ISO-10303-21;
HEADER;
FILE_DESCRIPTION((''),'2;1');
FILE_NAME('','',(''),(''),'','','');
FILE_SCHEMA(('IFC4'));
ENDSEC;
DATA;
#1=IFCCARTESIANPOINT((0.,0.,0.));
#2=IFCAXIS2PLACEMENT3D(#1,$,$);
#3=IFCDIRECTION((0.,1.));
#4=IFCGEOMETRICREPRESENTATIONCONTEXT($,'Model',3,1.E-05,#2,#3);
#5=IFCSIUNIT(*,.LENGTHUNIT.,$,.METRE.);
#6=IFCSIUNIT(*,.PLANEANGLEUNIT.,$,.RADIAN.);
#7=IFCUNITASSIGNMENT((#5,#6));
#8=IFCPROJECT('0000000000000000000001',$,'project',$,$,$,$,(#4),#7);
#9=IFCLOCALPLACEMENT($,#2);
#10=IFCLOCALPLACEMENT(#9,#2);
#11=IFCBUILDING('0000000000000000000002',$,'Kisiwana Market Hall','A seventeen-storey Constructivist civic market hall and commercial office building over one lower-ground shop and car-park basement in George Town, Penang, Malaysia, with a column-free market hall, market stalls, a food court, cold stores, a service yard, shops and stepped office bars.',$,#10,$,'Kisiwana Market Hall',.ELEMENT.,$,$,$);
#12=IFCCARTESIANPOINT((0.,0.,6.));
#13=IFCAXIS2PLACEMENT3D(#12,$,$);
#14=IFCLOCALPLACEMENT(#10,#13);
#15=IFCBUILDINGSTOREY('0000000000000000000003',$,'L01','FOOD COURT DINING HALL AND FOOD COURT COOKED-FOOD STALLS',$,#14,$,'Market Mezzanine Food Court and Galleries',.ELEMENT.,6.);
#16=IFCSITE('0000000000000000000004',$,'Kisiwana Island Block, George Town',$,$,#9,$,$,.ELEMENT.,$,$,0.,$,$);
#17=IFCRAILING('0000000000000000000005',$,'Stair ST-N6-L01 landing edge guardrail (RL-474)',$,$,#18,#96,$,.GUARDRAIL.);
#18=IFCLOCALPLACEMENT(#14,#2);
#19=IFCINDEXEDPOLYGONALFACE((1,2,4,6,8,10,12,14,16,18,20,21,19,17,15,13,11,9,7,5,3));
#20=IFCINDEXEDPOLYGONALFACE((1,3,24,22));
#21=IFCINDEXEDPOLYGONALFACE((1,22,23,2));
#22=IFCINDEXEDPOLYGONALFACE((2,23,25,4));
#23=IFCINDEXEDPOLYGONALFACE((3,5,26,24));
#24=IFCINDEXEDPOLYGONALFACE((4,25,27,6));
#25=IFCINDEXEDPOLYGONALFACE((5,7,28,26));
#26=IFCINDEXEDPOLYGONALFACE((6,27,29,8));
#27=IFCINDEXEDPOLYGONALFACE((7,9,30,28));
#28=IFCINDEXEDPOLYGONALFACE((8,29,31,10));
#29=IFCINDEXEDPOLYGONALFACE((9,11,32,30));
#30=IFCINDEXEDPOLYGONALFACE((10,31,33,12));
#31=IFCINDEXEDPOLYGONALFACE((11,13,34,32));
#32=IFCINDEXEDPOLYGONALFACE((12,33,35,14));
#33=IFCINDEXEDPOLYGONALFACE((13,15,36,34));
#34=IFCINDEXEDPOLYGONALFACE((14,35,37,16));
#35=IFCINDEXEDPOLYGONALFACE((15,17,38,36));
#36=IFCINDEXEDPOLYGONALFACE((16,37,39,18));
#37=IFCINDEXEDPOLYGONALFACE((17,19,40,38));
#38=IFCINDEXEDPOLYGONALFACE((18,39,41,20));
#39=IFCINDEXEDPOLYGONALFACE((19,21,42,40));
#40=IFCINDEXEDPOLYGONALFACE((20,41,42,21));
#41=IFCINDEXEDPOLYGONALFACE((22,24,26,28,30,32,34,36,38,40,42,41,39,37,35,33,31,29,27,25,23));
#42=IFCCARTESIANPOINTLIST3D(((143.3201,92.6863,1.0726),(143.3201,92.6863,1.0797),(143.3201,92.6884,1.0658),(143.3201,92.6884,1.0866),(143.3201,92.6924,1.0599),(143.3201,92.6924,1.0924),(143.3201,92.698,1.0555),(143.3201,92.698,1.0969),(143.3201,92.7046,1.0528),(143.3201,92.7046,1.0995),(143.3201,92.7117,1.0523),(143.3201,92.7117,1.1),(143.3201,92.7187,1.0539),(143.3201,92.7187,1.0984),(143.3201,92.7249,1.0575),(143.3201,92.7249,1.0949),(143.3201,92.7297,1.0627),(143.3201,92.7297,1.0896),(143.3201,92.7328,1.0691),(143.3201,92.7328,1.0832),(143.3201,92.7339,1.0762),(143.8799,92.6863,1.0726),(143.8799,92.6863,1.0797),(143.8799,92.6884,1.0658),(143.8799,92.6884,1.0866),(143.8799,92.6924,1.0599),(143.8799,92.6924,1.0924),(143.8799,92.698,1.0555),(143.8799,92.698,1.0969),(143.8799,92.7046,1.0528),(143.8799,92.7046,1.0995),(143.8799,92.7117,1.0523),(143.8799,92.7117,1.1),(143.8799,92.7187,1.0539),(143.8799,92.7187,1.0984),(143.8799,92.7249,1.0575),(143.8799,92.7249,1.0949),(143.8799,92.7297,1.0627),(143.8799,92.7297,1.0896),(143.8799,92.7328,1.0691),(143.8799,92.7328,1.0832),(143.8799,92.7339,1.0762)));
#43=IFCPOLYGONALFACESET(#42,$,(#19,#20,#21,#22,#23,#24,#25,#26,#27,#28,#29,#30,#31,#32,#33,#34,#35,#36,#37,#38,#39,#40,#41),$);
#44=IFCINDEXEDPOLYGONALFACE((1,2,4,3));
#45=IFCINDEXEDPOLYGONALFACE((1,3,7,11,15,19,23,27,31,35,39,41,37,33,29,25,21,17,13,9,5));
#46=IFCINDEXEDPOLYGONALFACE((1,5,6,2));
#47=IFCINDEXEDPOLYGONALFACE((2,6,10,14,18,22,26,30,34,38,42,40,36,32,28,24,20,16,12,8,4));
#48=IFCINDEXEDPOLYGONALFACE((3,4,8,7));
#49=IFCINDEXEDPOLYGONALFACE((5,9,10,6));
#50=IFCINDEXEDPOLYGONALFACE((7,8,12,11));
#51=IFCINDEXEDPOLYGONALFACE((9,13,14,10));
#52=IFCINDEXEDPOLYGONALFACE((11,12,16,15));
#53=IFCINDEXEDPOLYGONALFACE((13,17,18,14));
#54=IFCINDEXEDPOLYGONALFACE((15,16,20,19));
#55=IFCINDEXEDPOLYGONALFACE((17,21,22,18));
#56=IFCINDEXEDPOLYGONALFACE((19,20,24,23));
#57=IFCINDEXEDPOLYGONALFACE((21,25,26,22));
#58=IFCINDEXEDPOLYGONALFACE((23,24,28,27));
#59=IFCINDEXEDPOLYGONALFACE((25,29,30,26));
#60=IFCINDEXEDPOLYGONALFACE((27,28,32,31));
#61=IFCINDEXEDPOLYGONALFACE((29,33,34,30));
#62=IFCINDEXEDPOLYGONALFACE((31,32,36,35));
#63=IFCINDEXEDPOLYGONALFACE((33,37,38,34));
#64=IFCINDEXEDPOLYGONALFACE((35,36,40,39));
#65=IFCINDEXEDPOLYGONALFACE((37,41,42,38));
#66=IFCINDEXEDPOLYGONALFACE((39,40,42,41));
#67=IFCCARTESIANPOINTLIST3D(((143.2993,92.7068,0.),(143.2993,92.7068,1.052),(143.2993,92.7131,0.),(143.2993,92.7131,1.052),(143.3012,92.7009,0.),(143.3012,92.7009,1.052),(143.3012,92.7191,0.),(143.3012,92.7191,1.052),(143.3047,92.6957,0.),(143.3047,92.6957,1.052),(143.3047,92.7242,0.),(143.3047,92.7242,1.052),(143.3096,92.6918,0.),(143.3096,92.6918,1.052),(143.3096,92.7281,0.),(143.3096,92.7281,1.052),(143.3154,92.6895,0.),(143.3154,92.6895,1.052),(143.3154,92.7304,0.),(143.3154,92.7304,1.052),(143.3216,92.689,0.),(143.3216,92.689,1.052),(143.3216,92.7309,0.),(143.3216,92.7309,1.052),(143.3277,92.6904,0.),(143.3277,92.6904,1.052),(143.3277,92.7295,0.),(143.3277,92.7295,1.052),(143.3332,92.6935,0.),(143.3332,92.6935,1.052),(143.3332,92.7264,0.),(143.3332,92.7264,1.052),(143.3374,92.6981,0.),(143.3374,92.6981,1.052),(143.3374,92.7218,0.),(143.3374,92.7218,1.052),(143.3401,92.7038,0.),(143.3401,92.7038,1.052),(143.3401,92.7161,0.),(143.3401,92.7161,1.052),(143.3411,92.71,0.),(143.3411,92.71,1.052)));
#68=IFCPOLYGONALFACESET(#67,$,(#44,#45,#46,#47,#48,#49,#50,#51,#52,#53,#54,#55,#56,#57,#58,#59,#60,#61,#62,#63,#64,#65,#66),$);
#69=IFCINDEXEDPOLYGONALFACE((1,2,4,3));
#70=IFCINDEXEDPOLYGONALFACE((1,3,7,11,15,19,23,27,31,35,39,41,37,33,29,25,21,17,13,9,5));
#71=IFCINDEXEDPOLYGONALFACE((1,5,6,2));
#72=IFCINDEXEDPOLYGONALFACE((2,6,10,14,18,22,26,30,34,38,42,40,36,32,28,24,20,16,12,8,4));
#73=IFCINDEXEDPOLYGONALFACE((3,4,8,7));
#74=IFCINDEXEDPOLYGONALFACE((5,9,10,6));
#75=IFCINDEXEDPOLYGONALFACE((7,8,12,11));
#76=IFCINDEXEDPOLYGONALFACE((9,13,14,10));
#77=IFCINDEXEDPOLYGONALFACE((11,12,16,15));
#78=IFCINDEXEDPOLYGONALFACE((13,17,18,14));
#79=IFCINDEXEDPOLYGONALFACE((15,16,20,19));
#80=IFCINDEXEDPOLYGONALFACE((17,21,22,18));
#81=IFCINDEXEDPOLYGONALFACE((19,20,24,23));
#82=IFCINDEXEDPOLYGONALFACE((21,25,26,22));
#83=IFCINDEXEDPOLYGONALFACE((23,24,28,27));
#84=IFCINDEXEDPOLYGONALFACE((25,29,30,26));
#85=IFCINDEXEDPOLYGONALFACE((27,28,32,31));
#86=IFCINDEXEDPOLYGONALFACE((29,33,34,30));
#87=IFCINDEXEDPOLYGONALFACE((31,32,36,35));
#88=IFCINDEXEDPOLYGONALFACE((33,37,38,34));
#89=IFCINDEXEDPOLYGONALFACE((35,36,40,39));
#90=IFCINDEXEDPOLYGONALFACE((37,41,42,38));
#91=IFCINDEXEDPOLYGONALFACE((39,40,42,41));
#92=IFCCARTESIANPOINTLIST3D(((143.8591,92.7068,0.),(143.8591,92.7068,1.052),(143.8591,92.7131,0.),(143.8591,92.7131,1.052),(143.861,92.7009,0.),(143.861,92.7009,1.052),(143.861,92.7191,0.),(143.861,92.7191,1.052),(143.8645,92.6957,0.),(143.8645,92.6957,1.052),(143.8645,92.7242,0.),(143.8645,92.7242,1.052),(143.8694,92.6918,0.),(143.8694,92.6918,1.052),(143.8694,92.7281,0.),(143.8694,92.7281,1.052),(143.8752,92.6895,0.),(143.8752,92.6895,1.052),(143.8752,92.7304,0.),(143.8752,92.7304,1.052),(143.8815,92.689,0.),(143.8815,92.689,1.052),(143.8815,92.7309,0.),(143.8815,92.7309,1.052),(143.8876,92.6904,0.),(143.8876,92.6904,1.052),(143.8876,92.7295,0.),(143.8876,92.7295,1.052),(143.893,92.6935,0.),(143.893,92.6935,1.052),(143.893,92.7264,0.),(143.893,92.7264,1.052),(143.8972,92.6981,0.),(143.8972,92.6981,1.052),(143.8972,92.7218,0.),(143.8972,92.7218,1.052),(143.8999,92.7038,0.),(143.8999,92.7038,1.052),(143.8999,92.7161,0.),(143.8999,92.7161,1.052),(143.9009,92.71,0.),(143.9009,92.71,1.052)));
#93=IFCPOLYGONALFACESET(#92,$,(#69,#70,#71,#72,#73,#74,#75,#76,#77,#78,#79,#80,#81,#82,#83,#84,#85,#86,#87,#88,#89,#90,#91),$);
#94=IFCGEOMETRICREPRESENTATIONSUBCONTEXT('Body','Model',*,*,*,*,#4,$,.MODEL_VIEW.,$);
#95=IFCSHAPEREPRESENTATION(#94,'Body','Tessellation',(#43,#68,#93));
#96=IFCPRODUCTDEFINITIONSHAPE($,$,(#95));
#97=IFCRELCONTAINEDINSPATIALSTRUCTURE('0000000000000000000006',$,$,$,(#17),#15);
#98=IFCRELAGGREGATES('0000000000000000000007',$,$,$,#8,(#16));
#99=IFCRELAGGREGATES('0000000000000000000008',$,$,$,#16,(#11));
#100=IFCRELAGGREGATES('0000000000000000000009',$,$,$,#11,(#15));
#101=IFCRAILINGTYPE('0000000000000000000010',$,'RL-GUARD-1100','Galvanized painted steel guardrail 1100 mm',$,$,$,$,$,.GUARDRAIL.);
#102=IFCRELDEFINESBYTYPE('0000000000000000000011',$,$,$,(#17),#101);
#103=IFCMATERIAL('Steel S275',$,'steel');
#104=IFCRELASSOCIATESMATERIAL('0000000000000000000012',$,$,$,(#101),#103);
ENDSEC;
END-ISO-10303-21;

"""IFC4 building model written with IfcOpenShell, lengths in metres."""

from ifc_helpers import new_model, si_unit, direction, frame, origin, origin_2d, place, context, subcontext, project, spatial, circle, extrude, material, type_object, element, save


model = new_model("IFC4")

# Units and contexts
model_context = context("Model", 3, precision=1e-05, world=origin(), true_north=direction((0.0, 1.0)))
body_context = subcontext(model_context, "Body", "Model", "MODEL_VIEW")
ifc_project = project(units=[si_unit("LENGTHUNIT", "METRE"), si_unit("PLANEANGLEUNIT", "RADIAN")], contexts=[model_context])

# Site, building, storey
site_placement = place(None, origin())
site = spatial("IfcSite", under=ifc_project, at=site_placement, Name="Kisiwana Island Block, George Town", CompositionType="ELEMENT", RefElevation=0.0)
building_placement = place(site_placement, origin())
building = spatial("IfcBuilding", under=site, at=building_placement, Name="Kisiwana Market Hall", Description="A seventeen-storey Constructivist civic market hall and commercial office building over one lower-ground shop and car-park basement in George Town, Penang, Malaysia, with a column-free market hall, market stalls, a food court, cold stores, a service yard, shops and stepped office bars.", LongName="Kisiwana Market Hall", CompositionType="ELEMENT")
storey_placement = place(building_placement, frame((0.0, 0.0, 6.0)))
storey = spatial("IfcBuildingStorey", under=building, at=storey_placement, Name="L01", Description="FOOD COURT DINING HALL AND FOOD COURT COOKED-FOOD STALLS", LongName="Market Mezzanine Food Court and Galleries", CompositionType="ELEMENT", Elevation=6.0)

# Railing
ifc_material_1 = material(Name="Steel S275", Category="steel")
railing_type_1 = type_object("IfcRailingType", Name="RL-GUARD-1100", Description="Galvanized painted steel guardrail 1100 mm", PredefinedType="GUARDRAIL", material=ifc_material_1)
railing_1_placement = place(storey_placement, frame((143.3201, 92.71, 0.0)))
element("IfcRailing", 1, at=railing_1_placement, inside=storey, type_object=railing_type_1, Name="Stair ST-N6-L01 landing edge guardrail (RL-474)", PredefinedType="GUARDRAIL", context=body_context, shape_type="SweptSolid", body=[
    extrude(circle(Radius=0.0239, at=origin_2d()), frame((0.0, 0.0, 1.0762), z_axis=(1.0, 0.0, 0.0), x_axis=(0.0, 1.0, 0.0)), (0.0, 0.0, 1.0), 0.5598),
    extrude(circle(Radius=0.021, at=origin_2d()), origin(), (0.0, 0.0, 1.0), 1.052),
    extrude(circle(Radius=0.021, at=origin_2d()), frame((0.5598, 0.0, 0.0)), (0.0, 0.0, 1.0), 1.052),
])

save(model, "model.ifc")
